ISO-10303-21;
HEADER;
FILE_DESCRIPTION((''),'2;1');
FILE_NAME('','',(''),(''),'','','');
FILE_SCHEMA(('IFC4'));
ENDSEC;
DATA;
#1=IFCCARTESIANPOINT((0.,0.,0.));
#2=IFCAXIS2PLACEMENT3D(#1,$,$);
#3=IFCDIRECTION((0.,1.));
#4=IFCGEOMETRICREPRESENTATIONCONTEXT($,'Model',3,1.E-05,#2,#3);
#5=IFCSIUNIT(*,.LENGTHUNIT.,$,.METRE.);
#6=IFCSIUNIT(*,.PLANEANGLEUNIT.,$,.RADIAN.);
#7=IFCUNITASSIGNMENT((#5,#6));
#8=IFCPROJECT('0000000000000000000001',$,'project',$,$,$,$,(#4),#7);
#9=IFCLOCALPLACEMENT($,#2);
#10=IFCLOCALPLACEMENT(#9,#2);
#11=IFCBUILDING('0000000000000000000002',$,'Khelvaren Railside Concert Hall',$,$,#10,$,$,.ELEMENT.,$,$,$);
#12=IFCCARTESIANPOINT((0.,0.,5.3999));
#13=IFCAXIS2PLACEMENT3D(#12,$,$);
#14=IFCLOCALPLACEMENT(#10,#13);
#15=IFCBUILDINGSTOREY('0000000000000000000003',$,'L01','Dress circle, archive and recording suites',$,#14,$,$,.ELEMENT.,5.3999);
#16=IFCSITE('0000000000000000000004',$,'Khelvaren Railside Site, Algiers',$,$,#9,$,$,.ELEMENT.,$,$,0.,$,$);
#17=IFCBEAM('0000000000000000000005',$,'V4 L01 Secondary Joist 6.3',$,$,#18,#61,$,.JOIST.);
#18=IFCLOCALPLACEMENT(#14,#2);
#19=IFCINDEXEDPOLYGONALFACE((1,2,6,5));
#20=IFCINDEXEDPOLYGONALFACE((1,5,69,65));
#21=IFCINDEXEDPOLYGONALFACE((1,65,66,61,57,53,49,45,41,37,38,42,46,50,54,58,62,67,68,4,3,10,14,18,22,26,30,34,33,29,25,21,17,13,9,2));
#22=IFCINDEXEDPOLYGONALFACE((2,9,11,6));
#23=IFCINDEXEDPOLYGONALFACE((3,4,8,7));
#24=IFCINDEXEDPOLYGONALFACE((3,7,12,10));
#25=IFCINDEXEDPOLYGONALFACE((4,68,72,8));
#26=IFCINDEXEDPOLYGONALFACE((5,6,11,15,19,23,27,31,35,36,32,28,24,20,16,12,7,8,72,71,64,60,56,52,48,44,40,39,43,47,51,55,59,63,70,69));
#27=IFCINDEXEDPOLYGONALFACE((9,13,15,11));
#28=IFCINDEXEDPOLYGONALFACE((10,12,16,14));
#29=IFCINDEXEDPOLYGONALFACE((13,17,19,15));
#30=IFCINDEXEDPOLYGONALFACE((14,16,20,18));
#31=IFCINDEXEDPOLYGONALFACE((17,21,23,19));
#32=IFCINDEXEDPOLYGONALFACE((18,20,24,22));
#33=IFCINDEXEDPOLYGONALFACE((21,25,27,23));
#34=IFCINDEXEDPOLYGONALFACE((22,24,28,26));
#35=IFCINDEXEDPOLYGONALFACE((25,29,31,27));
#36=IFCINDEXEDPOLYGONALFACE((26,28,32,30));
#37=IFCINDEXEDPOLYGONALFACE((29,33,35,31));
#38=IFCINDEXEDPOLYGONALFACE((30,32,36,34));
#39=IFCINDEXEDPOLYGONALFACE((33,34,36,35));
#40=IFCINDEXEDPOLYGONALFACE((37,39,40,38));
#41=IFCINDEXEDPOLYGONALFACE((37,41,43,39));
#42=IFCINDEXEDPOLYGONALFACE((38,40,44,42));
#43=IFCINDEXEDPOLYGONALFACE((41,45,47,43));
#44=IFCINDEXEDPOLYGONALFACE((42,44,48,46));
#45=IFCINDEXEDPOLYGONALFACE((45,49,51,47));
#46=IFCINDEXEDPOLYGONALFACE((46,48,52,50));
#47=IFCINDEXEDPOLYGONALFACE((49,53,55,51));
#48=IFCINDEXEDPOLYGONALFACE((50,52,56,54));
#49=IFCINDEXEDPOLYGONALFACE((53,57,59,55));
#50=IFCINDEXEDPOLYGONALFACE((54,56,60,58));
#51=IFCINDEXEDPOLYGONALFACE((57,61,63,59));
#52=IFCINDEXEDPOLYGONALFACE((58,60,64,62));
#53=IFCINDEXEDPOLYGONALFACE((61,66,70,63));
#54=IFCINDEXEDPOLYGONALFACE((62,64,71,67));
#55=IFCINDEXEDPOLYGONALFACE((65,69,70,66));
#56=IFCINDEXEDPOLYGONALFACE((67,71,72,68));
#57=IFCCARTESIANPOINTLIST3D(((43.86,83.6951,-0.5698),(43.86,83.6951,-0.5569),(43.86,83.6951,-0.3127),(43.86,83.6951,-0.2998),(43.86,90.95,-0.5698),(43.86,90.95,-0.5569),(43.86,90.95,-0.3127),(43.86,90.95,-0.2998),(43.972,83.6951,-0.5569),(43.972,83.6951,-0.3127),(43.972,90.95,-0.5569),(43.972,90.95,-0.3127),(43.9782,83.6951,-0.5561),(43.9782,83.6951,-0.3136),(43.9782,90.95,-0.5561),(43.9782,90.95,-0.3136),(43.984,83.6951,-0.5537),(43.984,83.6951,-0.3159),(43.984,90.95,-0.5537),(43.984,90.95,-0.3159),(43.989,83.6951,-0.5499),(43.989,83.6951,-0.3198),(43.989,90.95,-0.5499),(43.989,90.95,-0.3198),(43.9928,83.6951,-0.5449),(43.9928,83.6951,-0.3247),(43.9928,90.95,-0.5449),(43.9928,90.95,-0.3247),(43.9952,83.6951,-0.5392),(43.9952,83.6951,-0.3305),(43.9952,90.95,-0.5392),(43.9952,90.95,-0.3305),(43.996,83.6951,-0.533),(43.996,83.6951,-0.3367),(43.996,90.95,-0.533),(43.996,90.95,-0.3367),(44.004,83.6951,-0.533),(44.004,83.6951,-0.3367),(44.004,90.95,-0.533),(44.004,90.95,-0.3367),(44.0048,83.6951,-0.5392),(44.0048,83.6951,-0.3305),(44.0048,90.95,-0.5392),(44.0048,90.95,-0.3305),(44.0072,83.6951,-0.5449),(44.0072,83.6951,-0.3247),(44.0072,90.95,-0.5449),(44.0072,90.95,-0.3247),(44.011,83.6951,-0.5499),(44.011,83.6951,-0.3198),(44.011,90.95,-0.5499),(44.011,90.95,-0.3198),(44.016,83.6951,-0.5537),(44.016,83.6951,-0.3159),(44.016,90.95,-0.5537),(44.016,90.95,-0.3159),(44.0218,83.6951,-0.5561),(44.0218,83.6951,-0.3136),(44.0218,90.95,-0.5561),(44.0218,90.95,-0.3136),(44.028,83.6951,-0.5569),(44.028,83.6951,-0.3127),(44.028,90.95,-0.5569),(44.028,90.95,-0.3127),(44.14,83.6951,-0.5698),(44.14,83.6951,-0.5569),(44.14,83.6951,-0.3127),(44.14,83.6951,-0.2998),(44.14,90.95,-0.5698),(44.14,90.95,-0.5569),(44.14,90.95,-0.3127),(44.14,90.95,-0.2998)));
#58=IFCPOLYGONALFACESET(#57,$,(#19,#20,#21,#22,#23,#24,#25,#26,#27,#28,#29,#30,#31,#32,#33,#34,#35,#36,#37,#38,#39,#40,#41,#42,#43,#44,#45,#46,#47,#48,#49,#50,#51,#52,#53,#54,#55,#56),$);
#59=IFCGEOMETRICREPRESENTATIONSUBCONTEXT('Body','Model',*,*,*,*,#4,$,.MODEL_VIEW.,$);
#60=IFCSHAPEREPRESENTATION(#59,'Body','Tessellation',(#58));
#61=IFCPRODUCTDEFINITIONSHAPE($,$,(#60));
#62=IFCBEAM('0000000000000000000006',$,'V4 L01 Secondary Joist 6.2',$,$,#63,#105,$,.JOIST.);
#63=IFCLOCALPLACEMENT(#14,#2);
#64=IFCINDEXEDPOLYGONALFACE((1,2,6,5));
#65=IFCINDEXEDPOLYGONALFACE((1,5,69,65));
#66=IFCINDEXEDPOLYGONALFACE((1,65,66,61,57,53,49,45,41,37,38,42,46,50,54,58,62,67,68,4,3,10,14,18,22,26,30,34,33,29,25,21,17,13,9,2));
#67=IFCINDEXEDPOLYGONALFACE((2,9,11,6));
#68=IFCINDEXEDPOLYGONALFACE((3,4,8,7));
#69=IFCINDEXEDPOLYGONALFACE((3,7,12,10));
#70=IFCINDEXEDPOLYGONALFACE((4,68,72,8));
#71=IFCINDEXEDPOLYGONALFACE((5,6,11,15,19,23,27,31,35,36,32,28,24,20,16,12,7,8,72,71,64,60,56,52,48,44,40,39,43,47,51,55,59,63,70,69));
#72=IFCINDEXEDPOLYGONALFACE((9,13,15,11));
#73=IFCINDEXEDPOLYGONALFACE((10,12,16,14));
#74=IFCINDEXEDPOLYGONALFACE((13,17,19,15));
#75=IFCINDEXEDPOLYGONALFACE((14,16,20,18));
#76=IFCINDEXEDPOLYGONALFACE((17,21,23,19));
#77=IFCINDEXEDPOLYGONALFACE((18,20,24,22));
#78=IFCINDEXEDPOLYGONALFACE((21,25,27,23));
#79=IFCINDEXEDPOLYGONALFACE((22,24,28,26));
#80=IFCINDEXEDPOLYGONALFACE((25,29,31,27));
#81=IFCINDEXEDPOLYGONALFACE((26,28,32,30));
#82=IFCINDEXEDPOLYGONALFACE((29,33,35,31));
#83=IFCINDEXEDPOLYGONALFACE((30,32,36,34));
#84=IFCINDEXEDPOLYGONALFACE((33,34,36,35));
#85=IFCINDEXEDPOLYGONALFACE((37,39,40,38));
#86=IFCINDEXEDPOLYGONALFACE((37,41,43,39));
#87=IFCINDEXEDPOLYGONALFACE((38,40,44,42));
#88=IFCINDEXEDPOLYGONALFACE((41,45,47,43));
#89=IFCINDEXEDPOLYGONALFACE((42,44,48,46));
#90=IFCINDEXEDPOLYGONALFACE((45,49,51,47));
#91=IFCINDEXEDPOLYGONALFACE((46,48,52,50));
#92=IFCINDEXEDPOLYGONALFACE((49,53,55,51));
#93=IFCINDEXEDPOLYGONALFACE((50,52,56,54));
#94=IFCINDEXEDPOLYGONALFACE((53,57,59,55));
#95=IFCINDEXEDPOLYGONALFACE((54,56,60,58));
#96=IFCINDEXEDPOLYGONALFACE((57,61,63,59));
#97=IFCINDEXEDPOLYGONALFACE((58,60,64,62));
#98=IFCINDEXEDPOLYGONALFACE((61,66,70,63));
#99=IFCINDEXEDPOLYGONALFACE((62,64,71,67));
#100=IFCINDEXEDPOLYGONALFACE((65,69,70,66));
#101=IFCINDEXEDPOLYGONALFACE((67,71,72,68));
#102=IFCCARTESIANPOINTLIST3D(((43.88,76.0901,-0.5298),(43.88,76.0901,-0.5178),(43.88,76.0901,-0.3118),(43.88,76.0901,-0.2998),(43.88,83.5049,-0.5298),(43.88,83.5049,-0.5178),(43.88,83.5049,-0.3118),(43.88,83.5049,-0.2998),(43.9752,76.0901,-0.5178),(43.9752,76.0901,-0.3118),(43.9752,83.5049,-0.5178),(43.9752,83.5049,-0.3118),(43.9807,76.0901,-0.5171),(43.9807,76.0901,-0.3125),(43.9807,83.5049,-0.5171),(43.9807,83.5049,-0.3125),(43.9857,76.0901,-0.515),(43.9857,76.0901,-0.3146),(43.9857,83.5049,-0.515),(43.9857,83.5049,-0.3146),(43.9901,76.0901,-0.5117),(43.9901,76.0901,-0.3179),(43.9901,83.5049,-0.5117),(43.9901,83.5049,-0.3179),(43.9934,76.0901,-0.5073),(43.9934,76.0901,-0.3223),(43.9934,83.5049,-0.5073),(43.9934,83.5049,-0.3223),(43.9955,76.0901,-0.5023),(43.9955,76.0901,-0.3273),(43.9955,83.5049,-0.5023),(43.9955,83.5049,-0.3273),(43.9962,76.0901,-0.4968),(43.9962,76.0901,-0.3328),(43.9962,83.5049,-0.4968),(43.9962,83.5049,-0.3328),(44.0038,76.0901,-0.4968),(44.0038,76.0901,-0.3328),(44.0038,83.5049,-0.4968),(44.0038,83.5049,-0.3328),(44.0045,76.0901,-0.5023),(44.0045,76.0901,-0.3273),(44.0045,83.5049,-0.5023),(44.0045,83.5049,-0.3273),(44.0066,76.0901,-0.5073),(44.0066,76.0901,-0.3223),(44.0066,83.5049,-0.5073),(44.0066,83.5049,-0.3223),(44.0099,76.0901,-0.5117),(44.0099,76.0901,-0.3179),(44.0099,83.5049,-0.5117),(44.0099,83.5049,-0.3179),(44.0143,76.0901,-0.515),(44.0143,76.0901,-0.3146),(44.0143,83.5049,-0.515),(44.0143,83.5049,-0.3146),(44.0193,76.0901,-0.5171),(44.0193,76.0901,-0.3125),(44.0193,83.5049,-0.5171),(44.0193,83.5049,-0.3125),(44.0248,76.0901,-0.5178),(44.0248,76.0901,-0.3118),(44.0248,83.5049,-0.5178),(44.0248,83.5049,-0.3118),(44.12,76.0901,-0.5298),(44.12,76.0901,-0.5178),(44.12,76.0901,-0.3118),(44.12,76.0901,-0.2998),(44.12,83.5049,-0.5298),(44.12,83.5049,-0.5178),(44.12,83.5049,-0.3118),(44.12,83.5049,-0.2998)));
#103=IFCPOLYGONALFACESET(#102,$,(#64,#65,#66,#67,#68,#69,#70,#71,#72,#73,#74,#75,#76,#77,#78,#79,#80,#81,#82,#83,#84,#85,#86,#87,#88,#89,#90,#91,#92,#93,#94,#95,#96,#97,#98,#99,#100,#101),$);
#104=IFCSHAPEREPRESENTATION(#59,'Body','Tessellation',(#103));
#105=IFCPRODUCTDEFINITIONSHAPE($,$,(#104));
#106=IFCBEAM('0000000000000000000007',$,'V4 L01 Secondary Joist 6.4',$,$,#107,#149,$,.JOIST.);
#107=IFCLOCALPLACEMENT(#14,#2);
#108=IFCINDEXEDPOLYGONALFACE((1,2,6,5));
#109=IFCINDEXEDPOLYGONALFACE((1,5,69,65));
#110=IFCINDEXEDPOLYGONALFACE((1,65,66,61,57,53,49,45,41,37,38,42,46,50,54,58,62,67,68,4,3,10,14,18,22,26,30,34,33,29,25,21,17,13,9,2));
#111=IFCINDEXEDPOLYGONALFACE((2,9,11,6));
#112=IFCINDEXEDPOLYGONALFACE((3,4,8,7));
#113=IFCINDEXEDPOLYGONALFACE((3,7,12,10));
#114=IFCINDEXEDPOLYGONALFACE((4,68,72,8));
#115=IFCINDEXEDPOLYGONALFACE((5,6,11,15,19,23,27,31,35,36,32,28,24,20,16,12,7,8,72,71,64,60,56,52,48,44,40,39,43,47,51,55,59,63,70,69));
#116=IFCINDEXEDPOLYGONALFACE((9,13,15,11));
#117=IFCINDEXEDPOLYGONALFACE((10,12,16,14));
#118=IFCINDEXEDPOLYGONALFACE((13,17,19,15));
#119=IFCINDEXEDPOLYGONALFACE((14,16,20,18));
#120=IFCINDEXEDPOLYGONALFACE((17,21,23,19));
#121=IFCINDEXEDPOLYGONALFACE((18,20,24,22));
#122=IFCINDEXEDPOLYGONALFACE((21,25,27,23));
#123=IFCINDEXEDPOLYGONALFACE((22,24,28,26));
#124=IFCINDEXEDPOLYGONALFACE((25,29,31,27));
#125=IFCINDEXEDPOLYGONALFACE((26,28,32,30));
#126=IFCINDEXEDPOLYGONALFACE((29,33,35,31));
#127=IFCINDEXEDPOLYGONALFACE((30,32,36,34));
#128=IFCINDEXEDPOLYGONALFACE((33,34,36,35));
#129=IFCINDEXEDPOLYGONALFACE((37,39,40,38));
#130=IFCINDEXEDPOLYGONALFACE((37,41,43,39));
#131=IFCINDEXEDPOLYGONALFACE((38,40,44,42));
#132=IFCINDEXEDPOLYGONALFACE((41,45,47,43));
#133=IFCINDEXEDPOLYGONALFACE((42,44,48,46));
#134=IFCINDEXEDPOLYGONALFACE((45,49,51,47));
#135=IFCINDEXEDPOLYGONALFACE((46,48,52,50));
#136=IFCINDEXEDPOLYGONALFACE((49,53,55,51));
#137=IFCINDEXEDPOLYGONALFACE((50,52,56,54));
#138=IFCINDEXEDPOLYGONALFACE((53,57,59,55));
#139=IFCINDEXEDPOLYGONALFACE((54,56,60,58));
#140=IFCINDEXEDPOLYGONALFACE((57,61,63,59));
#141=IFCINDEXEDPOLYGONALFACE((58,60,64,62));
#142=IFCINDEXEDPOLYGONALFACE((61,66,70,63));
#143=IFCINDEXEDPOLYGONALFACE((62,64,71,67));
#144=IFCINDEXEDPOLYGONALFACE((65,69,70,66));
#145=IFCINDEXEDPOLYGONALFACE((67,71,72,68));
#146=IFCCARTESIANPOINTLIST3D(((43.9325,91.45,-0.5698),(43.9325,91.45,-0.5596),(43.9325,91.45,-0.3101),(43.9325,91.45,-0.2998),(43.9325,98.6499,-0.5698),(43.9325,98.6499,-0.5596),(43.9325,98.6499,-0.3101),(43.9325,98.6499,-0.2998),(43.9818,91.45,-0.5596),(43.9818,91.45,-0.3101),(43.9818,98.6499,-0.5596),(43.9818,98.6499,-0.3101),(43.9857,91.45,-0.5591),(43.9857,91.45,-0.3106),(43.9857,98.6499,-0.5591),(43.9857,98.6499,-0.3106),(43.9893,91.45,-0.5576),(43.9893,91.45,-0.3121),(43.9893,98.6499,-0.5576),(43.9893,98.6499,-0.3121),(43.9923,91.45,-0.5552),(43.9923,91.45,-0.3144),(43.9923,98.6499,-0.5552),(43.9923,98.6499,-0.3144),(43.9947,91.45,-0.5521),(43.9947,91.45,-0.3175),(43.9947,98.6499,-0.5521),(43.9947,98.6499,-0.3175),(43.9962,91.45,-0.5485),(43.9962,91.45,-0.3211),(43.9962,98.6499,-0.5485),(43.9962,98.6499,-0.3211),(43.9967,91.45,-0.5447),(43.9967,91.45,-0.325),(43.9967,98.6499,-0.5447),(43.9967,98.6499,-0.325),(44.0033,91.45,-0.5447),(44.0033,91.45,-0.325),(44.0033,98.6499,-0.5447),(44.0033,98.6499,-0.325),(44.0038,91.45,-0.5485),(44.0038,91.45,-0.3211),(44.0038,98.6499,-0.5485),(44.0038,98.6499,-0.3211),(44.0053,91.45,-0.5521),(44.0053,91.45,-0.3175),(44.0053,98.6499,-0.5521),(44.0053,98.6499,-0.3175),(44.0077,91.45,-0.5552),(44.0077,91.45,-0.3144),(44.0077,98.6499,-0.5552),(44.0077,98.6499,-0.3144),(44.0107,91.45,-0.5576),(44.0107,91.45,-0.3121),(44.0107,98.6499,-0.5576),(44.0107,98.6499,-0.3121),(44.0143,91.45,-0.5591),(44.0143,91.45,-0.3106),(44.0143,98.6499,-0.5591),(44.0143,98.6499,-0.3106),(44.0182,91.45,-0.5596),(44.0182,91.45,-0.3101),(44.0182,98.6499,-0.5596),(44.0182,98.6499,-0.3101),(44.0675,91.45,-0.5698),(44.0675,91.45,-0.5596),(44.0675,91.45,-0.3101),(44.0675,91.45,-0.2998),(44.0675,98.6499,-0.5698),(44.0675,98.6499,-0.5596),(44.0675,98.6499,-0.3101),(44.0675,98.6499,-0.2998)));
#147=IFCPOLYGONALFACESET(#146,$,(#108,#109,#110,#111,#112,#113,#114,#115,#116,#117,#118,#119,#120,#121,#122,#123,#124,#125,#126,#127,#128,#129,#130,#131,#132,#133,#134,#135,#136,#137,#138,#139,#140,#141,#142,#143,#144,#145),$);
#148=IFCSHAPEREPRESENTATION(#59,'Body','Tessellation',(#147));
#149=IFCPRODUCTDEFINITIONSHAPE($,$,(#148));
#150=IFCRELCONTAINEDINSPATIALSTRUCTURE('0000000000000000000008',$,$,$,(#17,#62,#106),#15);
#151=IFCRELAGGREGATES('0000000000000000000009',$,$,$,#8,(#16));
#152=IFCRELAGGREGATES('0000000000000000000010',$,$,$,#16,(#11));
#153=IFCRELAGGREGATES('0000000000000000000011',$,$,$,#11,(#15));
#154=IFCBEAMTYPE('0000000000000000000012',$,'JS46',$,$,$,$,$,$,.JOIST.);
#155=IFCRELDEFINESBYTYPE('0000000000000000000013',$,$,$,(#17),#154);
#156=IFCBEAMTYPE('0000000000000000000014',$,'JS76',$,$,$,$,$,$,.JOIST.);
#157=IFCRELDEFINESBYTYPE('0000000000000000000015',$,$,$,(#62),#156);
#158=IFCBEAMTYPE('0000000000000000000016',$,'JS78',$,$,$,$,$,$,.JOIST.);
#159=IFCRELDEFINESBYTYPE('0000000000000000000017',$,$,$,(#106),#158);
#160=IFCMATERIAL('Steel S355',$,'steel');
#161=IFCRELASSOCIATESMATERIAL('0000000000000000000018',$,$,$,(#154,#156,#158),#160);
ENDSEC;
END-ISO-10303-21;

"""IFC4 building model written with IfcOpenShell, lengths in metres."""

from ifc_helpers import new_model, si_unit, direction, frame, origin, origin_2d, place, context, subcontext, project, spatial, i_section, extrude, material, material_profile, profile_set, type_object, element, save


model = new_model("IFC4")

# Units and contexts
model_context = context("Model", 3, precision=1e-05, world=origin(), true_north=direction((0.0, 1.0)))
body_context = subcontext(model_context, "Body", "Model", "MODEL_VIEW")
ifc_project = project(units=[si_unit("LENGTHUNIT", "METRE"), si_unit("PLANEANGLEUNIT", "RADIAN")], contexts=[model_context])

# Site, building, storey
site_placement = place(None, origin())
site = spatial("IfcSite", under=ifc_project, at=site_placement, Name="Khelvaren Railside Site, Algiers", CompositionType="ELEMENT", RefElevation=0.0)
building_placement = place(site_placement, origin())
building = spatial("IfcBuilding", under=site, at=building_placement, Name="Khelvaren Railside Concert Hall", CompositionType="ELEMENT")
storey_placement = place(building_placement, frame((0.0, 0.0, 5.3999)))
storey = spatial("IfcBuildingStorey", under=building, at=storey_placement, Name="L01", Description="Dress circle, archive and recording suites", CompositionType="ELEMENT", Elevation=5.3999)

# Beams
ifc_material_1 = material(Name="Steel S355", Category="steel")
ifc_material_profile_1 = material_profile(ifc_material_1, i_section(OverallWidth=0.28, OverallDepth=0.27, WebThickness=0.0081, FlangeThickness=0.0129, FilletRadius=0.0239, at=origin_2d()), Name="HEA 280")
ifc_profile_set_1 = profile_set([ifc_material_profile_1], Name="Steel S355")
beam_type_1 = type_object("IfcBeamType", Name="JS46", PredefinedType="JOIST", material=ifc_profile_set_1)
beam_1_placement = place(storey_placement, frame((44.0, 83.6951, -0.4348), z_axis=(0.0, 1.0, 0.0), x_axis=(-1.0, 0.0, 0.0)))
element("IfcBeam", 1, at=beam_1_placement, inside=storey, type_object=beam_type_1, Name="V4 L01 Secondary Joist 6.3", PredefinedType="JOIST", context=body_context, shape_type="SweptSolid", body=[
    extrude(i_section(OverallWidth=0.28, OverallDepth=0.27, WebThickness=0.0081, FlangeThickness=0.0129, FilletRadius=0.0239, at=origin_2d()), origin(), (0.0, 0.0, 1.0), 7.2549),
])
ifc_material_profile_2 = material_profile(ifc_material_1, i_section(OverallWidth=0.24, OverallDepth=0.23, WebThickness=0.0076, FlangeThickness=0.012, FilletRadius=0.021, at=origin_2d()), Name="HEA 240")
ifc_profile_set_2 = profile_set([ifc_material_profile_2], Name="Steel S355")
beam_type_2 = type_object("IfcBeamType", Name="JS76", PredefinedType="JOIST", material=ifc_profile_set_2)
beam_2_placement = place(storey_placement, frame((44.0, 76.0901, -0.4148), z_axis=(0.0, 1.0, 0.0), x_axis=(-1.0, 0.0, 0.0)))
element("IfcBeam", 2, at=beam_2_placement, inside=storey, type_object=beam_type_2, Name="V4 L01 Secondary Joist 6.2", PredefinedType="JOIST", context=body_context, shape_type="SweptSolid", body=[
    extrude(i_section(OverallWidth=0.24, OverallDepth=0.23, WebThickness=0.0076, FlangeThickness=0.012, FilletRadius=0.021, at=origin_2d()), origin(), (0.0, 0.0, 1.0), 7.4148),
])
ifc_material_profile_3 = material_profile(ifc_material_1, i_section(OverallWidth=0.135, OverallDepth=0.27, WebThickness=0.0066, FlangeThickness=0.0103, FilletRadius=0.0149, at=origin_2d()), Name="IPE 270")
ifc_profile_set_3 = profile_set([ifc_material_profile_3], Name="Steel S355")
beam_type_3 = type_object("IfcBeamType", Name="JS78", PredefinedType="JOIST", material=ifc_profile_set_3)
beam_3_placement = place(storey_placement, frame((44.0, 91.45, -0.4348), z_axis=(0.0, 1.0, 0.0), x_axis=(-1.0, 0.0, 0.0)))
element("IfcBeam", 3, at=beam_3_placement, inside=storey, type_object=beam_type_3, Name="V4 L01 Secondary Joist 6.4", PredefinedType="JOIST", context=body_context, shape_type="SweptSolid", body=[
    extrude(i_section(OverallWidth=0.135, OverallDepth=0.27, WebThickness=0.0066, FlangeThickness=0.0103, FilletRadius=0.0149, at=origin_2d()), origin(), (0.0, 0.0, 1.0), 7.2),
])

save(model, "model.ifc")
